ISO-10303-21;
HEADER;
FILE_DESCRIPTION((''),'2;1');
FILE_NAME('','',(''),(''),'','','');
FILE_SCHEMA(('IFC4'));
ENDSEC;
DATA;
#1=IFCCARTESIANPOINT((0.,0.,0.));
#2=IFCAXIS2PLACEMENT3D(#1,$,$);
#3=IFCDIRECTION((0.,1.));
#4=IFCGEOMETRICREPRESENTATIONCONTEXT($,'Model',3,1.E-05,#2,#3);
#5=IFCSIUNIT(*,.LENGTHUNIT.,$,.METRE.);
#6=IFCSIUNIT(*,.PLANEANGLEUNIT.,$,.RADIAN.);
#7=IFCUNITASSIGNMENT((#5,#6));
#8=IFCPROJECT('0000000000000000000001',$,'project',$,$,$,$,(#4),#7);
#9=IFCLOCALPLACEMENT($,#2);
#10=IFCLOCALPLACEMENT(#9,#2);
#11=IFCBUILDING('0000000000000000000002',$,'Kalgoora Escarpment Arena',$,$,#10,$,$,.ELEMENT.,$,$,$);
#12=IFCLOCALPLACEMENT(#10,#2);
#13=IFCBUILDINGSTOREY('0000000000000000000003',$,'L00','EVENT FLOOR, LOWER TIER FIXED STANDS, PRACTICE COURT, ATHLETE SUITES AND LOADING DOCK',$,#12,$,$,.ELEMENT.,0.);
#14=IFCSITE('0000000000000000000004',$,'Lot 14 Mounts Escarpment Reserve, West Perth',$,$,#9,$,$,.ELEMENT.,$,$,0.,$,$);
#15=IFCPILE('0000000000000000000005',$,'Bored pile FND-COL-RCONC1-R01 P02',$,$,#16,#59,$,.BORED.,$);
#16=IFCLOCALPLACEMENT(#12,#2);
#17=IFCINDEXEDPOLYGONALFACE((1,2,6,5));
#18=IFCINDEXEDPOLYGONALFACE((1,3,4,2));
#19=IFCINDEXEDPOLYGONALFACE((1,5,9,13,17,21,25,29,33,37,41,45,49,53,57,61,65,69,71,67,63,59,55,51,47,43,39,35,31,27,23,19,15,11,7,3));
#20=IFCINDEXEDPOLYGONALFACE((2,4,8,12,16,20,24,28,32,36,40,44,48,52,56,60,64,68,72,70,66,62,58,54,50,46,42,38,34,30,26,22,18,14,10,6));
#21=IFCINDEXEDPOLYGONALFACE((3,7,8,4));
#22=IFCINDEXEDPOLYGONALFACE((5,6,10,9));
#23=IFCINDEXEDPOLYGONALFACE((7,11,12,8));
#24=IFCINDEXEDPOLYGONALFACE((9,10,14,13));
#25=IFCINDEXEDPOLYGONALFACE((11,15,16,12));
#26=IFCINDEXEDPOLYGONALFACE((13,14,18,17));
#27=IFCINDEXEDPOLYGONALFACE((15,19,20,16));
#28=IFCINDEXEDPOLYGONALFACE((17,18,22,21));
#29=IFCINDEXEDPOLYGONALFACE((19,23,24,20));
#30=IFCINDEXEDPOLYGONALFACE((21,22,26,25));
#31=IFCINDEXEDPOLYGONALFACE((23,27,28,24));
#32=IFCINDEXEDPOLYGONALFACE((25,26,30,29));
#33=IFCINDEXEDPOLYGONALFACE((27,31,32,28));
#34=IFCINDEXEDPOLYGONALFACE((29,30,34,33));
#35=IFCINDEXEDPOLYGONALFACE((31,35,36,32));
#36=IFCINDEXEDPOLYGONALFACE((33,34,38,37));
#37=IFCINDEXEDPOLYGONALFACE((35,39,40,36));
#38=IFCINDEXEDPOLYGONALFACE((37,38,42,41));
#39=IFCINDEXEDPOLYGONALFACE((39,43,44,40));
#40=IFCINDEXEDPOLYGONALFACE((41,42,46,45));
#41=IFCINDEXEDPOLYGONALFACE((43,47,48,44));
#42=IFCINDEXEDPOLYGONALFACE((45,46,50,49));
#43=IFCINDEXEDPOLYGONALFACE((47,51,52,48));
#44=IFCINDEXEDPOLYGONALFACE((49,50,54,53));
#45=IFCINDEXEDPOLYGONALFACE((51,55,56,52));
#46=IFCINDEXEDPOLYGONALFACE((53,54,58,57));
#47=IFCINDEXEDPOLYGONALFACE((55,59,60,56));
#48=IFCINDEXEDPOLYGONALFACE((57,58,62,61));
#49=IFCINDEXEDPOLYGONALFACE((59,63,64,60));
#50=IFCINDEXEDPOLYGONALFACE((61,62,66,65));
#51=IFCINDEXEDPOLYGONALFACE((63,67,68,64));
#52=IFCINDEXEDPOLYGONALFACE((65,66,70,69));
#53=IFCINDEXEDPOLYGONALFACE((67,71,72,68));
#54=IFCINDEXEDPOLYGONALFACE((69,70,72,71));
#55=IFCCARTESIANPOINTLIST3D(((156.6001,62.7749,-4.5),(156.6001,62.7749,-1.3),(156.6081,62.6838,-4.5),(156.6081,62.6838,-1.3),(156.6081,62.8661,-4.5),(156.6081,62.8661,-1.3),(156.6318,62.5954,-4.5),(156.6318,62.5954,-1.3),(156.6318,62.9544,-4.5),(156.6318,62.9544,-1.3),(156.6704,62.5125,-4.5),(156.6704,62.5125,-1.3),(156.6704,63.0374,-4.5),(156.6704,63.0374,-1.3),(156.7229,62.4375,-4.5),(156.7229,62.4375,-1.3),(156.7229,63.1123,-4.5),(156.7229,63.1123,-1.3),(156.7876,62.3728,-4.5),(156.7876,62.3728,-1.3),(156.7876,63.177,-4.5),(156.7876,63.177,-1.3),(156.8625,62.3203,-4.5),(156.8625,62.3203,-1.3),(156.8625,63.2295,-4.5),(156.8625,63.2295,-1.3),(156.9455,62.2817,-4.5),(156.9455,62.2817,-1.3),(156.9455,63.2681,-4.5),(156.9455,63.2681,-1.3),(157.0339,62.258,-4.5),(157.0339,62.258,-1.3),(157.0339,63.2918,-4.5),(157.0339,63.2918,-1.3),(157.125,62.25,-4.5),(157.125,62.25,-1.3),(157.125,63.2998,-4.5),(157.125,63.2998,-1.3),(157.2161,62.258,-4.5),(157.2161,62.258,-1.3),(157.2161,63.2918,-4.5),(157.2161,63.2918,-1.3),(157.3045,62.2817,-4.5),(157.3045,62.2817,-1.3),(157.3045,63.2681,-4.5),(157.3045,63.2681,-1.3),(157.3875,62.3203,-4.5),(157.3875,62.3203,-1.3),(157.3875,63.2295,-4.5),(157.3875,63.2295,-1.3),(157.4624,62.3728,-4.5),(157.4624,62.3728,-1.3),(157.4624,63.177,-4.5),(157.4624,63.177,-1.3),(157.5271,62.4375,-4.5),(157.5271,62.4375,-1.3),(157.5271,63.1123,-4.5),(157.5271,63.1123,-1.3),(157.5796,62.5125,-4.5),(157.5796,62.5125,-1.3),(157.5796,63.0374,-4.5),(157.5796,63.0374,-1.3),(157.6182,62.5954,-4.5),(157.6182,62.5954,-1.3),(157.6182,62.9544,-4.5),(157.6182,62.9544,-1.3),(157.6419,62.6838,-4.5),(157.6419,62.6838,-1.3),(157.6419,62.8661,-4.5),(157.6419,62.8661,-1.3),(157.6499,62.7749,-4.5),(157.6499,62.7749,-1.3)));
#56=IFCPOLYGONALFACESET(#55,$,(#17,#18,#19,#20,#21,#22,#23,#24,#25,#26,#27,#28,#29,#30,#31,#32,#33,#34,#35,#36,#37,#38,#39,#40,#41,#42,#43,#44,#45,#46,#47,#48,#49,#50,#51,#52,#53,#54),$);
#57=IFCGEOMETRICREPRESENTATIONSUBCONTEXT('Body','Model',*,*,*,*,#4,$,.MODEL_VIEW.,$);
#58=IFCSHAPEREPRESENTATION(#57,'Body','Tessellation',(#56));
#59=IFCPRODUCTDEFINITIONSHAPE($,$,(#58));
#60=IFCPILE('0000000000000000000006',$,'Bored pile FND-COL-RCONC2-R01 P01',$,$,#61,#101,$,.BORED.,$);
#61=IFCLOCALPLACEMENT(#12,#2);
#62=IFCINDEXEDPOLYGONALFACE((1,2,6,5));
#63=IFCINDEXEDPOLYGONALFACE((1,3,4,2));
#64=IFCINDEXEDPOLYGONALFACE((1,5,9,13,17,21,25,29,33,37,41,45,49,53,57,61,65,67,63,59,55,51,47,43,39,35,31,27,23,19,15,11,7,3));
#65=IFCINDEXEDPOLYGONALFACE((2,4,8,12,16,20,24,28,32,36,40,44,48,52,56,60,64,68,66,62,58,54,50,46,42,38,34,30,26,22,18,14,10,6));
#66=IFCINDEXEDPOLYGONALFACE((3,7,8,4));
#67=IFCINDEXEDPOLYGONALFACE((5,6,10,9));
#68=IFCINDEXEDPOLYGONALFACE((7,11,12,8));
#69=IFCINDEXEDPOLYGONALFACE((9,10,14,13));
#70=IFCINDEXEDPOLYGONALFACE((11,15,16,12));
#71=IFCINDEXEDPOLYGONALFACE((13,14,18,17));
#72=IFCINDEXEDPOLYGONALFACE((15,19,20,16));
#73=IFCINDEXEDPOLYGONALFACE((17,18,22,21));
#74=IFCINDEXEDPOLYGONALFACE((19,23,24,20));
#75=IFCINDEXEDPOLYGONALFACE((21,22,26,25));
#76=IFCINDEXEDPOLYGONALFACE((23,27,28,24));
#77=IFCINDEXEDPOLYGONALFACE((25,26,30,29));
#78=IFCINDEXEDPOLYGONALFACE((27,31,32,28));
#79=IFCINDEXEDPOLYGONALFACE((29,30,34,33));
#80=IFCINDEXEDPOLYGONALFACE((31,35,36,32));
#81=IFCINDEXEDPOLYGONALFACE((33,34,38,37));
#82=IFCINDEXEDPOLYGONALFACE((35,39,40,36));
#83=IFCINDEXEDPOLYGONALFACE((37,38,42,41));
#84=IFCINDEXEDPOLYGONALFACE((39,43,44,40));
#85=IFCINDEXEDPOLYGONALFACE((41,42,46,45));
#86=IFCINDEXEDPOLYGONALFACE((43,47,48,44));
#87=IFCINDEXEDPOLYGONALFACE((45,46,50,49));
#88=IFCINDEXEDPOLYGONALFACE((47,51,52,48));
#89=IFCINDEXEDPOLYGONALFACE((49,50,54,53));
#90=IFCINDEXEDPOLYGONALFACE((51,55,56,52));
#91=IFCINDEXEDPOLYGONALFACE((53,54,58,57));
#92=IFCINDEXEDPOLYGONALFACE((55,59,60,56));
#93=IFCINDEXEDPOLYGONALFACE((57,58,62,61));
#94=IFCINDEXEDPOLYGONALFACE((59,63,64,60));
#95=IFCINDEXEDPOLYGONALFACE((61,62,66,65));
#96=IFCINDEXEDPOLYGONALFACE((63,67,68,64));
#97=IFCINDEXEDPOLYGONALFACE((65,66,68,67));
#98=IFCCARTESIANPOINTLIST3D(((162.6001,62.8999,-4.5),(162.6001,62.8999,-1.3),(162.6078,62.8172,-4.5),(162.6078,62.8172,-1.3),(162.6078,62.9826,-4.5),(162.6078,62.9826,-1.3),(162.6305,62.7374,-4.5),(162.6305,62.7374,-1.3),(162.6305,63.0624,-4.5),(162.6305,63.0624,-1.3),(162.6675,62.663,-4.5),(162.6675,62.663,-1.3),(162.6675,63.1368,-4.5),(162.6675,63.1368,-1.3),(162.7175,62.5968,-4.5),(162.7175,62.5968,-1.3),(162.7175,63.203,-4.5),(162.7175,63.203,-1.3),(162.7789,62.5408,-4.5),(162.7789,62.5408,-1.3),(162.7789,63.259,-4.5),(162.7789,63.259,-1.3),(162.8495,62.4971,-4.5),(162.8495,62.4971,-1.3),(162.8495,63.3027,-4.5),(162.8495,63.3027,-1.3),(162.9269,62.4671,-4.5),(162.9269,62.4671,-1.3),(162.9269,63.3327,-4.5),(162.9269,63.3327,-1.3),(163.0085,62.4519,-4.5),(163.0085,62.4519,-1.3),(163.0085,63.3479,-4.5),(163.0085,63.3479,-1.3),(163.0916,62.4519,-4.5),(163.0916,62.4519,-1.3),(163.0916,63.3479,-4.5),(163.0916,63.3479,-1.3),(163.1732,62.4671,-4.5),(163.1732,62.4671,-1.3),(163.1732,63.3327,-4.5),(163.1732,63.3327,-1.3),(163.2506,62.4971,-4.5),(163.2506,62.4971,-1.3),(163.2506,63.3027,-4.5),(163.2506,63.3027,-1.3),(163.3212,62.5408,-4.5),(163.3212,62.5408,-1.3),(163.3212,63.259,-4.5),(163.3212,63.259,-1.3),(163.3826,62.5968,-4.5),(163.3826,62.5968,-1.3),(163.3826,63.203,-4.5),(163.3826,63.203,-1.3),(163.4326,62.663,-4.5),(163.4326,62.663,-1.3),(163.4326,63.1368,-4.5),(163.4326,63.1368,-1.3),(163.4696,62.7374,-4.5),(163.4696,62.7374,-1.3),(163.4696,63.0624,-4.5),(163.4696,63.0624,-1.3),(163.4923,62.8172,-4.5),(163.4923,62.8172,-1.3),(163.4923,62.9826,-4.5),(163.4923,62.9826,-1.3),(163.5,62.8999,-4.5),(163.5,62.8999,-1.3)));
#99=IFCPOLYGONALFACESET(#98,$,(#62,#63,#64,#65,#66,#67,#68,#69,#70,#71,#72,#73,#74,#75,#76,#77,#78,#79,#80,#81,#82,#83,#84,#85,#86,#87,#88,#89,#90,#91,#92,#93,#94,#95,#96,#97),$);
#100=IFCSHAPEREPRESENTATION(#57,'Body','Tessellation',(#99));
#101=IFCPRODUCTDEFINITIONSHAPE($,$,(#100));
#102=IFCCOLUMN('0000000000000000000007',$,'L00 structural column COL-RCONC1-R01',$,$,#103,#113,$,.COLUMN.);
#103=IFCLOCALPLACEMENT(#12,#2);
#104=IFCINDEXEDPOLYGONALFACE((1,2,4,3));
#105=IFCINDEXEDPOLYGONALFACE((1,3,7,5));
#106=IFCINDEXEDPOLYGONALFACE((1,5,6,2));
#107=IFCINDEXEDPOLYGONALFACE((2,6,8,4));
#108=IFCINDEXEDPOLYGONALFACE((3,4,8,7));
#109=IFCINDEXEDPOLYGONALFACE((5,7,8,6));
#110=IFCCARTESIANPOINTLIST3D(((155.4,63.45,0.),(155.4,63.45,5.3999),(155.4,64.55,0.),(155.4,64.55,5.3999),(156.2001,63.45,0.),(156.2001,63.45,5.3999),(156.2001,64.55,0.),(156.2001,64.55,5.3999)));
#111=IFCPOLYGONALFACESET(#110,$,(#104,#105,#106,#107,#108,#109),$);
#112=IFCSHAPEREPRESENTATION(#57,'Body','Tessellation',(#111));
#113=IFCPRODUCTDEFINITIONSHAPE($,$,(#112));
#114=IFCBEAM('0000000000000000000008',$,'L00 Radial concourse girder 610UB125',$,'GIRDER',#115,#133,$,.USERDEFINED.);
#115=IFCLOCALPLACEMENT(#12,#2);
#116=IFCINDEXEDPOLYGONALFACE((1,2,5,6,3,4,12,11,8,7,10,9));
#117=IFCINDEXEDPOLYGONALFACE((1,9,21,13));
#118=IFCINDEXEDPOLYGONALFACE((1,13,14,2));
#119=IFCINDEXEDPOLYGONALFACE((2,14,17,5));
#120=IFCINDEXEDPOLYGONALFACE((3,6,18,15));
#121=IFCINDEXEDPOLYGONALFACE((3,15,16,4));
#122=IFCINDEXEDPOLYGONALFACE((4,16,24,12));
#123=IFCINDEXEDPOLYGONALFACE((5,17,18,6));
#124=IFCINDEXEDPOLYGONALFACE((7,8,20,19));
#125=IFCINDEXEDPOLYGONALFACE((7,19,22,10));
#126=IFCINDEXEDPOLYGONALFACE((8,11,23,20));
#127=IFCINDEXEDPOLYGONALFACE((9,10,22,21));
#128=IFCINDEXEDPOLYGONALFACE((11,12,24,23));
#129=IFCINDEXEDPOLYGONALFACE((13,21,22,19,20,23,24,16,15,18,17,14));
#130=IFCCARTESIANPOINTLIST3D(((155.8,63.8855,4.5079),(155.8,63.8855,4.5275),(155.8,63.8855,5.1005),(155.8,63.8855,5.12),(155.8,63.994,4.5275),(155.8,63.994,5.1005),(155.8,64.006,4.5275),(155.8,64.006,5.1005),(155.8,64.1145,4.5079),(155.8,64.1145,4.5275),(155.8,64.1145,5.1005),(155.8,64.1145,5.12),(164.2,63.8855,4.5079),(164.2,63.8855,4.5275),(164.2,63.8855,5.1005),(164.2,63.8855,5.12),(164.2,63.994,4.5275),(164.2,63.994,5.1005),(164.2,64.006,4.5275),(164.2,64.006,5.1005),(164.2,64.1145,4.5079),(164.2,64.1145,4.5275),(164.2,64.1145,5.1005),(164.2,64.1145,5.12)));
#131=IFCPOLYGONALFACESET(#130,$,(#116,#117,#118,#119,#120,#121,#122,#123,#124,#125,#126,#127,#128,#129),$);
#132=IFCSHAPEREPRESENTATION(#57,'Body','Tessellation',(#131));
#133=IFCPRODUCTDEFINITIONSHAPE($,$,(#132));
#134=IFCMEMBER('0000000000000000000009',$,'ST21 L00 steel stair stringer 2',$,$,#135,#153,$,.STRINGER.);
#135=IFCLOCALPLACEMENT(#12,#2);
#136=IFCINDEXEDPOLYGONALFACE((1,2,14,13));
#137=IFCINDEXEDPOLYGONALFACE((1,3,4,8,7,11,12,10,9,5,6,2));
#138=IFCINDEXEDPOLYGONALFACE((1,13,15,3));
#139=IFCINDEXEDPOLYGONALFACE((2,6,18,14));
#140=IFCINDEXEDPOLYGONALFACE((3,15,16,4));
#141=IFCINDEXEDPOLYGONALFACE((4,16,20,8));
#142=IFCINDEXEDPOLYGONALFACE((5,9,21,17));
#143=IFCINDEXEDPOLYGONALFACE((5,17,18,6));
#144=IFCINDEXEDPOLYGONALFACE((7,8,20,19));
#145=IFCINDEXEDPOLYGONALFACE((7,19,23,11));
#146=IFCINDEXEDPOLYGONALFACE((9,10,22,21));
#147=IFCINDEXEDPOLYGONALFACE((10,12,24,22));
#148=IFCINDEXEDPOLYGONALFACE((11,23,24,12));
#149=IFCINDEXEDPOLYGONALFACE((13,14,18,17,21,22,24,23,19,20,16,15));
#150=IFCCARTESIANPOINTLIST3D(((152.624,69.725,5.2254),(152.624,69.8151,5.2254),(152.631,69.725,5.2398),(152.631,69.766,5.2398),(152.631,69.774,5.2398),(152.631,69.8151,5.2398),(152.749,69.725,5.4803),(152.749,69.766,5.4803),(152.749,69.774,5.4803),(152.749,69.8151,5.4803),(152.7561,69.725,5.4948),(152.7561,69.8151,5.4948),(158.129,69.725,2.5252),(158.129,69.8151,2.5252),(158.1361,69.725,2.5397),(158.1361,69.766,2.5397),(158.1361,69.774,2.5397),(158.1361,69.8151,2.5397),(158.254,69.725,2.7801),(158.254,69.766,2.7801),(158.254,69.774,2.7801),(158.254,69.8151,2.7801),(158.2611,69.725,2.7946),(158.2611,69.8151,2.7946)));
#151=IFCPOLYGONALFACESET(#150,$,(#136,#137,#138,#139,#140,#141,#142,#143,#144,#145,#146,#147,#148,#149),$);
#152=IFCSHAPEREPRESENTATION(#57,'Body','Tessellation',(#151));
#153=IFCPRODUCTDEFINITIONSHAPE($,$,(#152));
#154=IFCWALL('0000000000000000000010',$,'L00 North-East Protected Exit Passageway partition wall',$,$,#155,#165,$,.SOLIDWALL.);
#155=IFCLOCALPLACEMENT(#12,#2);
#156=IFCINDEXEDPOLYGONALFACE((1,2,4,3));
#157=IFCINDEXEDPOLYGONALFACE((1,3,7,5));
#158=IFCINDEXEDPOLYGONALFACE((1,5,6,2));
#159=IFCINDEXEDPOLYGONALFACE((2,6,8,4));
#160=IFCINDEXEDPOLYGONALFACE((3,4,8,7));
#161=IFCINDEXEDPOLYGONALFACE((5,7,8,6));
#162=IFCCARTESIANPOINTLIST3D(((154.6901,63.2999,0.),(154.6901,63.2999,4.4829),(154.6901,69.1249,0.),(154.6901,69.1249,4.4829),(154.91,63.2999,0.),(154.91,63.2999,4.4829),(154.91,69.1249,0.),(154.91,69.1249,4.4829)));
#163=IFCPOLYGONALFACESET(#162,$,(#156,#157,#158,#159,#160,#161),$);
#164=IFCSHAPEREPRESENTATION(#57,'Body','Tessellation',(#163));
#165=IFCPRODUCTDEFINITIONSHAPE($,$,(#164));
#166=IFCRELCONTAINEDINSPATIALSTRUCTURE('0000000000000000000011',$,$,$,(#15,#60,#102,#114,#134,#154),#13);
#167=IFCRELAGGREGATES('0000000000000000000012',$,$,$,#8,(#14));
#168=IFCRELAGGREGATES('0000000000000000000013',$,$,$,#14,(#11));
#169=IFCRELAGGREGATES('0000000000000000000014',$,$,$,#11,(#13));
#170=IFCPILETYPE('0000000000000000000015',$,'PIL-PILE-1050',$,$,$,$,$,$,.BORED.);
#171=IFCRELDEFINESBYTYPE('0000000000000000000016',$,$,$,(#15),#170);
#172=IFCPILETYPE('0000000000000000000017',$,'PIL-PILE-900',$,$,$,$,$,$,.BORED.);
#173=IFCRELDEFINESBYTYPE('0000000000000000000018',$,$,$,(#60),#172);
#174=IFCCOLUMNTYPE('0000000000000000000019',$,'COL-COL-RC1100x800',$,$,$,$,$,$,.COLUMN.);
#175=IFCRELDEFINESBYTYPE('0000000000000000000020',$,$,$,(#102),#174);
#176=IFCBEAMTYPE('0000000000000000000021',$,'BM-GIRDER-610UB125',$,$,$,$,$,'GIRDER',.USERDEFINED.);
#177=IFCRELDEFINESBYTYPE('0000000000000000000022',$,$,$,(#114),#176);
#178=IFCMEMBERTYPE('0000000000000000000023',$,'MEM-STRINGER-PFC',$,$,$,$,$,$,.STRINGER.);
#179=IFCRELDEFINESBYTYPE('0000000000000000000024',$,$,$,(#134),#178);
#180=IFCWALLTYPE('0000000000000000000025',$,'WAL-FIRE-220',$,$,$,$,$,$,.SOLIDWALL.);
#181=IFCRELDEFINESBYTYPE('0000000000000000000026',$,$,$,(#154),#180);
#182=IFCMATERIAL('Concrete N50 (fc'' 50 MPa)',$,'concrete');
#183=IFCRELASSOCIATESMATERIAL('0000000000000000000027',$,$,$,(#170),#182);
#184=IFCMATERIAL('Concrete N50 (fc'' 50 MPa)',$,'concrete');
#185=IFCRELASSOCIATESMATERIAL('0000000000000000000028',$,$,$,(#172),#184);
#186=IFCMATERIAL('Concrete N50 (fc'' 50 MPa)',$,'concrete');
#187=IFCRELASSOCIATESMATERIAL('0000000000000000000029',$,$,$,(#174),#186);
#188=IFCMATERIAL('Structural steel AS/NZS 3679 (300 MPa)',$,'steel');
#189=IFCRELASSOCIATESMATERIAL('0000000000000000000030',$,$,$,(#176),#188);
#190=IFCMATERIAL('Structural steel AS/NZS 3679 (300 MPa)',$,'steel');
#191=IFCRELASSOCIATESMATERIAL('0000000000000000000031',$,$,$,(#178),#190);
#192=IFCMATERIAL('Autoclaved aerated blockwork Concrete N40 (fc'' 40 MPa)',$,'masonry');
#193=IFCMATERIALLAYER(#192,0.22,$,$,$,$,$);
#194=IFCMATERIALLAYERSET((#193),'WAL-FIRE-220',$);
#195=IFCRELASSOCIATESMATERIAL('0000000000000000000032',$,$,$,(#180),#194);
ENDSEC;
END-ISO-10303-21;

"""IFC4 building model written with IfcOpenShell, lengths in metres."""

from ifc_helpers import new_model, si_unit, direction, frame, frame_2d, origin, origin_2d, place, context, subcontext, project, spatial, rectangle, circle, i_section, extrude, material, layer, layer_set, material_profile, profile_set, type_object, element, save


model = new_model("IFC4")

# Units and contexts
model_context = context("Model", 3, precision=1e-05, world=origin(), true_north=direction((0.0, 1.0)))
body_context = subcontext(model_context, "Body", "Model", "MODEL_VIEW")
ifc_project = project(units=[si_unit("LENGTHUNIT", "METRE"), si_unit("PLANEANGLEUNIT", "RADIAN")], contexts=[model_context])

# Site, building, storey
site_placement = place(None, origin())
site = spatial("IfcSite", under=ifc_project, at=site_placement, Name="Lot 14 Mounts Escarpment Reserve, West Perth", CompositionType="ELEMENT", RefElevation=0.0)
building_placement = place(site_placement, origin())
building = spatial("IfcBuilding", under=site, at=building_placement, Name="Kalgoora Escarpment Arena", CompositionType="ELEMENT")
storey_placement = place(building_placement, origin())
storey = spatial("IfcBuildingStorey", under=building, at=storey_placement, Name="L00", Description="EVENT FLOOR, LOWER TIER FIXED STANDS, PRACTICE COURT, ATHLETE SUITES AND LOADING DOCK", CompositionType="ELEMENT", Elevation=0.0)

# Piles
ifc_material_1 = material(Name="Concrete N50 (fc' 50 MPa)", Category="concrete")
ifc_material_profile_1 = material_profile(ifc_material_1, circle(Radius=0.5249, at=origin_2d()))
ifc_profile_set_1 = profile_set([ifc_material_profile_1], Name="Concrete N50 (fc' 50 MPa)")
pile_type_1 = type_object("IfcPileType", Name="PIL-PILE-1050", PredefinedType="BORED", material=ifc_profile_set_1)
for number, where, z_axis, x_axis, name in (
    (1, (157.125, 62.7749, -1.3), (0.0, 0.0, -1.0), (1.0, 0.0, 0.0), "Bored pile FND-COL-RCONC1-R01 P02"),
):
    element("IfcPile", number, at=place(storey_placement, frame(where, z_axis=z_axis, x_axis=x_axis)), inside=storey, type_object=pile_type_1, Name=name, PredefinedType="BORED", context=body_context, shape_type="SweptSolid", body=[
        extrude(circle(Radius=0.5249, at=origin_2d()), origin(), (0.0, 0.0, 1.0), 3.2),
    ])
ifc_material_2 = material(Name="Concrete N50 (fc' 50 MPa)", Category="concrete")
ifc_material_profile_2 = material_profile(ifc_material_2, circle(Radius=0.45, at=origin_2d()))
ifc_profile_set_2 = profile_set([ifc_material_profile_2], Name="Concrete N50 (fc' 50 MPa)")
pile_type_2 = type_object("IfcPileType", Name="PIL-PILE-900", PredefinedType="BORED", material=ifc_profile_set_2)
pile_placement = place(storey_placement, frame((163.05, 62.8999, -1.3), z_axis=(0.0, 0.0, -1.0), x_axis=(1.0, 0.0, 0.0)))
element("IfcPile", 2, at=pile_placement, inside=storey, type_object=pile_type_2, Name="Bored pile FND-COL-RCONC2-R01 P01", PredefinedType="BORED", context=body_context, shape_type="SweptSolid", body=[
    extrude(circle(Radius=0.45, at=origin_2d()), origin(), (0.0, 0.0, 1.0), 3.2),
])

# Column
ifc_material_3 = material(Name="Concrete N50 (fc' 50 MPa)", Category="concrete")
ifc_material_profile_3 = material_profile(ifc_material_3, rectangle(XDim=0.8, YDim=1.1001, at=origin_2d()))
ifc_profile_set_3 = profile_set([ifc_material_profile_3], Name="Concrete N50 (fc' 50 MPa)")
column_type = type_object("IfcColumnType", Name="COL-COL-RC1100x800", PredefinedType="COLUMN", material=ifc_profile_set_3)
column_placement = place(storey_placement, frame((155.8, 64.0, 0.0), z_axis=(0.0, 0.0, 1.0), x_axis=(1.0, 0.0, 0.0)))
element("IfcColumn", 3, at=column_placement, inside=storey, type_object=column_type, Name="L00 structural column COL-RCONC1-R01", PredefinedType="COLUMN", context=body_context, shape_type="SweptSolid", body=[
    extrude(rectangle(XDim=0.8, YDim=1.1001, at=origin_2d()), origin(), (0.0, 0.0, 1.0), 5.3999),
])

# Beam
ifc_material_4 = material(Name="Structural steel AS/NZS 3679 (300 MPa)", Category="steel")
ifc_material_profile_4 = material_profile(ifc_material_4, i_section(OverallWidth=0.229, OverallDepth=0.6121, WebThickness=0.012, FlangeThickness=0.0195, at=origin_2d()))
ifc_profile_set_4 = profile_set([ifc_material_profile_4], Name="Structural steel AS/NZS 3679 (300 MPa)")
beam_type = type_object("IfcBeamType", Name="BM-GIRDER-610UB125", ElementType="GIRDER", PredefinedType="USERDEFINED", material=ifc_profile_set_4)
beam_placement = place(storey_placement, frame((155.8, 64.0, 4.814), z_axis=(1.0, 0.0, 0.0), x_axis=(0.0, 1.0, 0.0)))
element("IfcBeam", 4, at=beam_placement, inside=storey, type_object=beam_type, Name="L00 Radial concourse girder 610UB125", ObjectType="GIRDER", PredefinedType="USERDEFINED", context=body_context, shape_type="SweptSolid", body=[
    extrude(i_section(OverallWidth=0.229, OverallDepth=0.6121, WebThickness=0.012, FlangeThickness=0.0195, at=origin_2d()), origin(), (0.0, 0.0, 1.0), 8.3999),
])

# Member
ifc_material_5 = material(Name="Structural steel AS/NZS 3679 (300 MPa)", Category="steel")
ifc_material_profile_5 = material_profile(ifc_material_5, i_section(OverallWidth=0.0901, OverallDepth=0.3, WebThickness=0.0081, FlangeThickness=0.0161, at=origin_2d()))
ifc_profile_set_5 = profile_set([ifc_material_profile_5], Name="Structural steel AS/NZS 3679 (300 MPa)")
member_type = type_object("IfcMemberType", Name="MEM-STRINGER-PFC", PredefinedType="STRINGER", material=ifc_profile_set_5)
member_placement = place(storey_placement, frame((158.1951, 69.77, 2.6599), z_axis=(-0.897817, 0.0, 0.440368), x_axis=(0.0, -1.0, 0.0)))
element("IfcMember", 5, at=member_placement, inside=storey, type_object=member_type, Name="ST21 L00 steel stair stringer 2", PredefinedType="STRINGER", context=body_context, shape_type="SweptSolid", body=[
    extrude(i_section(OverallWidth=0.0901, OverallDepth=0.3, WebThickness=0.0081, FlangeThickness=0.0161, at=origin_2d()), origin(), (0.0, 0.0, 1.0), 6.1316),
])

# Wall
ifc_material_6 = material(Name="Autoclaved aerated blockwork Concrete N40 (fc' 40 MPa)", Category="masonry")
ifc_layer_1 = layer(ifc_material_6, 0.22)
ifc_layer_set_1 = layer_set([ifc_layer_1], Name="WAL-FIRE-220")
wall_type_1 = type_object("IfcWallType", Name="WAL-FIRE-220", PredefinedType="SOLIDWALL", material=ifc_layer_set_1)
wall_1_placement = place(storey_placement, frame((154.8, 69.125, 0.0), z_axis=(0.0, 0.0, 1.0), x_axis=(0.0, -1.0, 0.0)))
element("IfcWall", 6, at=wall_1_placement, inside=storey, type_object=wall_type_1, Name="L00 North-East Protected Exit Passageway partition wall", PredefinedType="SOLIDWALL", context=body_context, shape_type="SweptSolid", body=[
    extrude(rectangle(XDim=5.825, YDim=0.22, at=frame_2d((2.9126, 0.0))), origin(), (0.0, 0.0, 1.0), 4.4829),
])

save(model, "model.ifc")
